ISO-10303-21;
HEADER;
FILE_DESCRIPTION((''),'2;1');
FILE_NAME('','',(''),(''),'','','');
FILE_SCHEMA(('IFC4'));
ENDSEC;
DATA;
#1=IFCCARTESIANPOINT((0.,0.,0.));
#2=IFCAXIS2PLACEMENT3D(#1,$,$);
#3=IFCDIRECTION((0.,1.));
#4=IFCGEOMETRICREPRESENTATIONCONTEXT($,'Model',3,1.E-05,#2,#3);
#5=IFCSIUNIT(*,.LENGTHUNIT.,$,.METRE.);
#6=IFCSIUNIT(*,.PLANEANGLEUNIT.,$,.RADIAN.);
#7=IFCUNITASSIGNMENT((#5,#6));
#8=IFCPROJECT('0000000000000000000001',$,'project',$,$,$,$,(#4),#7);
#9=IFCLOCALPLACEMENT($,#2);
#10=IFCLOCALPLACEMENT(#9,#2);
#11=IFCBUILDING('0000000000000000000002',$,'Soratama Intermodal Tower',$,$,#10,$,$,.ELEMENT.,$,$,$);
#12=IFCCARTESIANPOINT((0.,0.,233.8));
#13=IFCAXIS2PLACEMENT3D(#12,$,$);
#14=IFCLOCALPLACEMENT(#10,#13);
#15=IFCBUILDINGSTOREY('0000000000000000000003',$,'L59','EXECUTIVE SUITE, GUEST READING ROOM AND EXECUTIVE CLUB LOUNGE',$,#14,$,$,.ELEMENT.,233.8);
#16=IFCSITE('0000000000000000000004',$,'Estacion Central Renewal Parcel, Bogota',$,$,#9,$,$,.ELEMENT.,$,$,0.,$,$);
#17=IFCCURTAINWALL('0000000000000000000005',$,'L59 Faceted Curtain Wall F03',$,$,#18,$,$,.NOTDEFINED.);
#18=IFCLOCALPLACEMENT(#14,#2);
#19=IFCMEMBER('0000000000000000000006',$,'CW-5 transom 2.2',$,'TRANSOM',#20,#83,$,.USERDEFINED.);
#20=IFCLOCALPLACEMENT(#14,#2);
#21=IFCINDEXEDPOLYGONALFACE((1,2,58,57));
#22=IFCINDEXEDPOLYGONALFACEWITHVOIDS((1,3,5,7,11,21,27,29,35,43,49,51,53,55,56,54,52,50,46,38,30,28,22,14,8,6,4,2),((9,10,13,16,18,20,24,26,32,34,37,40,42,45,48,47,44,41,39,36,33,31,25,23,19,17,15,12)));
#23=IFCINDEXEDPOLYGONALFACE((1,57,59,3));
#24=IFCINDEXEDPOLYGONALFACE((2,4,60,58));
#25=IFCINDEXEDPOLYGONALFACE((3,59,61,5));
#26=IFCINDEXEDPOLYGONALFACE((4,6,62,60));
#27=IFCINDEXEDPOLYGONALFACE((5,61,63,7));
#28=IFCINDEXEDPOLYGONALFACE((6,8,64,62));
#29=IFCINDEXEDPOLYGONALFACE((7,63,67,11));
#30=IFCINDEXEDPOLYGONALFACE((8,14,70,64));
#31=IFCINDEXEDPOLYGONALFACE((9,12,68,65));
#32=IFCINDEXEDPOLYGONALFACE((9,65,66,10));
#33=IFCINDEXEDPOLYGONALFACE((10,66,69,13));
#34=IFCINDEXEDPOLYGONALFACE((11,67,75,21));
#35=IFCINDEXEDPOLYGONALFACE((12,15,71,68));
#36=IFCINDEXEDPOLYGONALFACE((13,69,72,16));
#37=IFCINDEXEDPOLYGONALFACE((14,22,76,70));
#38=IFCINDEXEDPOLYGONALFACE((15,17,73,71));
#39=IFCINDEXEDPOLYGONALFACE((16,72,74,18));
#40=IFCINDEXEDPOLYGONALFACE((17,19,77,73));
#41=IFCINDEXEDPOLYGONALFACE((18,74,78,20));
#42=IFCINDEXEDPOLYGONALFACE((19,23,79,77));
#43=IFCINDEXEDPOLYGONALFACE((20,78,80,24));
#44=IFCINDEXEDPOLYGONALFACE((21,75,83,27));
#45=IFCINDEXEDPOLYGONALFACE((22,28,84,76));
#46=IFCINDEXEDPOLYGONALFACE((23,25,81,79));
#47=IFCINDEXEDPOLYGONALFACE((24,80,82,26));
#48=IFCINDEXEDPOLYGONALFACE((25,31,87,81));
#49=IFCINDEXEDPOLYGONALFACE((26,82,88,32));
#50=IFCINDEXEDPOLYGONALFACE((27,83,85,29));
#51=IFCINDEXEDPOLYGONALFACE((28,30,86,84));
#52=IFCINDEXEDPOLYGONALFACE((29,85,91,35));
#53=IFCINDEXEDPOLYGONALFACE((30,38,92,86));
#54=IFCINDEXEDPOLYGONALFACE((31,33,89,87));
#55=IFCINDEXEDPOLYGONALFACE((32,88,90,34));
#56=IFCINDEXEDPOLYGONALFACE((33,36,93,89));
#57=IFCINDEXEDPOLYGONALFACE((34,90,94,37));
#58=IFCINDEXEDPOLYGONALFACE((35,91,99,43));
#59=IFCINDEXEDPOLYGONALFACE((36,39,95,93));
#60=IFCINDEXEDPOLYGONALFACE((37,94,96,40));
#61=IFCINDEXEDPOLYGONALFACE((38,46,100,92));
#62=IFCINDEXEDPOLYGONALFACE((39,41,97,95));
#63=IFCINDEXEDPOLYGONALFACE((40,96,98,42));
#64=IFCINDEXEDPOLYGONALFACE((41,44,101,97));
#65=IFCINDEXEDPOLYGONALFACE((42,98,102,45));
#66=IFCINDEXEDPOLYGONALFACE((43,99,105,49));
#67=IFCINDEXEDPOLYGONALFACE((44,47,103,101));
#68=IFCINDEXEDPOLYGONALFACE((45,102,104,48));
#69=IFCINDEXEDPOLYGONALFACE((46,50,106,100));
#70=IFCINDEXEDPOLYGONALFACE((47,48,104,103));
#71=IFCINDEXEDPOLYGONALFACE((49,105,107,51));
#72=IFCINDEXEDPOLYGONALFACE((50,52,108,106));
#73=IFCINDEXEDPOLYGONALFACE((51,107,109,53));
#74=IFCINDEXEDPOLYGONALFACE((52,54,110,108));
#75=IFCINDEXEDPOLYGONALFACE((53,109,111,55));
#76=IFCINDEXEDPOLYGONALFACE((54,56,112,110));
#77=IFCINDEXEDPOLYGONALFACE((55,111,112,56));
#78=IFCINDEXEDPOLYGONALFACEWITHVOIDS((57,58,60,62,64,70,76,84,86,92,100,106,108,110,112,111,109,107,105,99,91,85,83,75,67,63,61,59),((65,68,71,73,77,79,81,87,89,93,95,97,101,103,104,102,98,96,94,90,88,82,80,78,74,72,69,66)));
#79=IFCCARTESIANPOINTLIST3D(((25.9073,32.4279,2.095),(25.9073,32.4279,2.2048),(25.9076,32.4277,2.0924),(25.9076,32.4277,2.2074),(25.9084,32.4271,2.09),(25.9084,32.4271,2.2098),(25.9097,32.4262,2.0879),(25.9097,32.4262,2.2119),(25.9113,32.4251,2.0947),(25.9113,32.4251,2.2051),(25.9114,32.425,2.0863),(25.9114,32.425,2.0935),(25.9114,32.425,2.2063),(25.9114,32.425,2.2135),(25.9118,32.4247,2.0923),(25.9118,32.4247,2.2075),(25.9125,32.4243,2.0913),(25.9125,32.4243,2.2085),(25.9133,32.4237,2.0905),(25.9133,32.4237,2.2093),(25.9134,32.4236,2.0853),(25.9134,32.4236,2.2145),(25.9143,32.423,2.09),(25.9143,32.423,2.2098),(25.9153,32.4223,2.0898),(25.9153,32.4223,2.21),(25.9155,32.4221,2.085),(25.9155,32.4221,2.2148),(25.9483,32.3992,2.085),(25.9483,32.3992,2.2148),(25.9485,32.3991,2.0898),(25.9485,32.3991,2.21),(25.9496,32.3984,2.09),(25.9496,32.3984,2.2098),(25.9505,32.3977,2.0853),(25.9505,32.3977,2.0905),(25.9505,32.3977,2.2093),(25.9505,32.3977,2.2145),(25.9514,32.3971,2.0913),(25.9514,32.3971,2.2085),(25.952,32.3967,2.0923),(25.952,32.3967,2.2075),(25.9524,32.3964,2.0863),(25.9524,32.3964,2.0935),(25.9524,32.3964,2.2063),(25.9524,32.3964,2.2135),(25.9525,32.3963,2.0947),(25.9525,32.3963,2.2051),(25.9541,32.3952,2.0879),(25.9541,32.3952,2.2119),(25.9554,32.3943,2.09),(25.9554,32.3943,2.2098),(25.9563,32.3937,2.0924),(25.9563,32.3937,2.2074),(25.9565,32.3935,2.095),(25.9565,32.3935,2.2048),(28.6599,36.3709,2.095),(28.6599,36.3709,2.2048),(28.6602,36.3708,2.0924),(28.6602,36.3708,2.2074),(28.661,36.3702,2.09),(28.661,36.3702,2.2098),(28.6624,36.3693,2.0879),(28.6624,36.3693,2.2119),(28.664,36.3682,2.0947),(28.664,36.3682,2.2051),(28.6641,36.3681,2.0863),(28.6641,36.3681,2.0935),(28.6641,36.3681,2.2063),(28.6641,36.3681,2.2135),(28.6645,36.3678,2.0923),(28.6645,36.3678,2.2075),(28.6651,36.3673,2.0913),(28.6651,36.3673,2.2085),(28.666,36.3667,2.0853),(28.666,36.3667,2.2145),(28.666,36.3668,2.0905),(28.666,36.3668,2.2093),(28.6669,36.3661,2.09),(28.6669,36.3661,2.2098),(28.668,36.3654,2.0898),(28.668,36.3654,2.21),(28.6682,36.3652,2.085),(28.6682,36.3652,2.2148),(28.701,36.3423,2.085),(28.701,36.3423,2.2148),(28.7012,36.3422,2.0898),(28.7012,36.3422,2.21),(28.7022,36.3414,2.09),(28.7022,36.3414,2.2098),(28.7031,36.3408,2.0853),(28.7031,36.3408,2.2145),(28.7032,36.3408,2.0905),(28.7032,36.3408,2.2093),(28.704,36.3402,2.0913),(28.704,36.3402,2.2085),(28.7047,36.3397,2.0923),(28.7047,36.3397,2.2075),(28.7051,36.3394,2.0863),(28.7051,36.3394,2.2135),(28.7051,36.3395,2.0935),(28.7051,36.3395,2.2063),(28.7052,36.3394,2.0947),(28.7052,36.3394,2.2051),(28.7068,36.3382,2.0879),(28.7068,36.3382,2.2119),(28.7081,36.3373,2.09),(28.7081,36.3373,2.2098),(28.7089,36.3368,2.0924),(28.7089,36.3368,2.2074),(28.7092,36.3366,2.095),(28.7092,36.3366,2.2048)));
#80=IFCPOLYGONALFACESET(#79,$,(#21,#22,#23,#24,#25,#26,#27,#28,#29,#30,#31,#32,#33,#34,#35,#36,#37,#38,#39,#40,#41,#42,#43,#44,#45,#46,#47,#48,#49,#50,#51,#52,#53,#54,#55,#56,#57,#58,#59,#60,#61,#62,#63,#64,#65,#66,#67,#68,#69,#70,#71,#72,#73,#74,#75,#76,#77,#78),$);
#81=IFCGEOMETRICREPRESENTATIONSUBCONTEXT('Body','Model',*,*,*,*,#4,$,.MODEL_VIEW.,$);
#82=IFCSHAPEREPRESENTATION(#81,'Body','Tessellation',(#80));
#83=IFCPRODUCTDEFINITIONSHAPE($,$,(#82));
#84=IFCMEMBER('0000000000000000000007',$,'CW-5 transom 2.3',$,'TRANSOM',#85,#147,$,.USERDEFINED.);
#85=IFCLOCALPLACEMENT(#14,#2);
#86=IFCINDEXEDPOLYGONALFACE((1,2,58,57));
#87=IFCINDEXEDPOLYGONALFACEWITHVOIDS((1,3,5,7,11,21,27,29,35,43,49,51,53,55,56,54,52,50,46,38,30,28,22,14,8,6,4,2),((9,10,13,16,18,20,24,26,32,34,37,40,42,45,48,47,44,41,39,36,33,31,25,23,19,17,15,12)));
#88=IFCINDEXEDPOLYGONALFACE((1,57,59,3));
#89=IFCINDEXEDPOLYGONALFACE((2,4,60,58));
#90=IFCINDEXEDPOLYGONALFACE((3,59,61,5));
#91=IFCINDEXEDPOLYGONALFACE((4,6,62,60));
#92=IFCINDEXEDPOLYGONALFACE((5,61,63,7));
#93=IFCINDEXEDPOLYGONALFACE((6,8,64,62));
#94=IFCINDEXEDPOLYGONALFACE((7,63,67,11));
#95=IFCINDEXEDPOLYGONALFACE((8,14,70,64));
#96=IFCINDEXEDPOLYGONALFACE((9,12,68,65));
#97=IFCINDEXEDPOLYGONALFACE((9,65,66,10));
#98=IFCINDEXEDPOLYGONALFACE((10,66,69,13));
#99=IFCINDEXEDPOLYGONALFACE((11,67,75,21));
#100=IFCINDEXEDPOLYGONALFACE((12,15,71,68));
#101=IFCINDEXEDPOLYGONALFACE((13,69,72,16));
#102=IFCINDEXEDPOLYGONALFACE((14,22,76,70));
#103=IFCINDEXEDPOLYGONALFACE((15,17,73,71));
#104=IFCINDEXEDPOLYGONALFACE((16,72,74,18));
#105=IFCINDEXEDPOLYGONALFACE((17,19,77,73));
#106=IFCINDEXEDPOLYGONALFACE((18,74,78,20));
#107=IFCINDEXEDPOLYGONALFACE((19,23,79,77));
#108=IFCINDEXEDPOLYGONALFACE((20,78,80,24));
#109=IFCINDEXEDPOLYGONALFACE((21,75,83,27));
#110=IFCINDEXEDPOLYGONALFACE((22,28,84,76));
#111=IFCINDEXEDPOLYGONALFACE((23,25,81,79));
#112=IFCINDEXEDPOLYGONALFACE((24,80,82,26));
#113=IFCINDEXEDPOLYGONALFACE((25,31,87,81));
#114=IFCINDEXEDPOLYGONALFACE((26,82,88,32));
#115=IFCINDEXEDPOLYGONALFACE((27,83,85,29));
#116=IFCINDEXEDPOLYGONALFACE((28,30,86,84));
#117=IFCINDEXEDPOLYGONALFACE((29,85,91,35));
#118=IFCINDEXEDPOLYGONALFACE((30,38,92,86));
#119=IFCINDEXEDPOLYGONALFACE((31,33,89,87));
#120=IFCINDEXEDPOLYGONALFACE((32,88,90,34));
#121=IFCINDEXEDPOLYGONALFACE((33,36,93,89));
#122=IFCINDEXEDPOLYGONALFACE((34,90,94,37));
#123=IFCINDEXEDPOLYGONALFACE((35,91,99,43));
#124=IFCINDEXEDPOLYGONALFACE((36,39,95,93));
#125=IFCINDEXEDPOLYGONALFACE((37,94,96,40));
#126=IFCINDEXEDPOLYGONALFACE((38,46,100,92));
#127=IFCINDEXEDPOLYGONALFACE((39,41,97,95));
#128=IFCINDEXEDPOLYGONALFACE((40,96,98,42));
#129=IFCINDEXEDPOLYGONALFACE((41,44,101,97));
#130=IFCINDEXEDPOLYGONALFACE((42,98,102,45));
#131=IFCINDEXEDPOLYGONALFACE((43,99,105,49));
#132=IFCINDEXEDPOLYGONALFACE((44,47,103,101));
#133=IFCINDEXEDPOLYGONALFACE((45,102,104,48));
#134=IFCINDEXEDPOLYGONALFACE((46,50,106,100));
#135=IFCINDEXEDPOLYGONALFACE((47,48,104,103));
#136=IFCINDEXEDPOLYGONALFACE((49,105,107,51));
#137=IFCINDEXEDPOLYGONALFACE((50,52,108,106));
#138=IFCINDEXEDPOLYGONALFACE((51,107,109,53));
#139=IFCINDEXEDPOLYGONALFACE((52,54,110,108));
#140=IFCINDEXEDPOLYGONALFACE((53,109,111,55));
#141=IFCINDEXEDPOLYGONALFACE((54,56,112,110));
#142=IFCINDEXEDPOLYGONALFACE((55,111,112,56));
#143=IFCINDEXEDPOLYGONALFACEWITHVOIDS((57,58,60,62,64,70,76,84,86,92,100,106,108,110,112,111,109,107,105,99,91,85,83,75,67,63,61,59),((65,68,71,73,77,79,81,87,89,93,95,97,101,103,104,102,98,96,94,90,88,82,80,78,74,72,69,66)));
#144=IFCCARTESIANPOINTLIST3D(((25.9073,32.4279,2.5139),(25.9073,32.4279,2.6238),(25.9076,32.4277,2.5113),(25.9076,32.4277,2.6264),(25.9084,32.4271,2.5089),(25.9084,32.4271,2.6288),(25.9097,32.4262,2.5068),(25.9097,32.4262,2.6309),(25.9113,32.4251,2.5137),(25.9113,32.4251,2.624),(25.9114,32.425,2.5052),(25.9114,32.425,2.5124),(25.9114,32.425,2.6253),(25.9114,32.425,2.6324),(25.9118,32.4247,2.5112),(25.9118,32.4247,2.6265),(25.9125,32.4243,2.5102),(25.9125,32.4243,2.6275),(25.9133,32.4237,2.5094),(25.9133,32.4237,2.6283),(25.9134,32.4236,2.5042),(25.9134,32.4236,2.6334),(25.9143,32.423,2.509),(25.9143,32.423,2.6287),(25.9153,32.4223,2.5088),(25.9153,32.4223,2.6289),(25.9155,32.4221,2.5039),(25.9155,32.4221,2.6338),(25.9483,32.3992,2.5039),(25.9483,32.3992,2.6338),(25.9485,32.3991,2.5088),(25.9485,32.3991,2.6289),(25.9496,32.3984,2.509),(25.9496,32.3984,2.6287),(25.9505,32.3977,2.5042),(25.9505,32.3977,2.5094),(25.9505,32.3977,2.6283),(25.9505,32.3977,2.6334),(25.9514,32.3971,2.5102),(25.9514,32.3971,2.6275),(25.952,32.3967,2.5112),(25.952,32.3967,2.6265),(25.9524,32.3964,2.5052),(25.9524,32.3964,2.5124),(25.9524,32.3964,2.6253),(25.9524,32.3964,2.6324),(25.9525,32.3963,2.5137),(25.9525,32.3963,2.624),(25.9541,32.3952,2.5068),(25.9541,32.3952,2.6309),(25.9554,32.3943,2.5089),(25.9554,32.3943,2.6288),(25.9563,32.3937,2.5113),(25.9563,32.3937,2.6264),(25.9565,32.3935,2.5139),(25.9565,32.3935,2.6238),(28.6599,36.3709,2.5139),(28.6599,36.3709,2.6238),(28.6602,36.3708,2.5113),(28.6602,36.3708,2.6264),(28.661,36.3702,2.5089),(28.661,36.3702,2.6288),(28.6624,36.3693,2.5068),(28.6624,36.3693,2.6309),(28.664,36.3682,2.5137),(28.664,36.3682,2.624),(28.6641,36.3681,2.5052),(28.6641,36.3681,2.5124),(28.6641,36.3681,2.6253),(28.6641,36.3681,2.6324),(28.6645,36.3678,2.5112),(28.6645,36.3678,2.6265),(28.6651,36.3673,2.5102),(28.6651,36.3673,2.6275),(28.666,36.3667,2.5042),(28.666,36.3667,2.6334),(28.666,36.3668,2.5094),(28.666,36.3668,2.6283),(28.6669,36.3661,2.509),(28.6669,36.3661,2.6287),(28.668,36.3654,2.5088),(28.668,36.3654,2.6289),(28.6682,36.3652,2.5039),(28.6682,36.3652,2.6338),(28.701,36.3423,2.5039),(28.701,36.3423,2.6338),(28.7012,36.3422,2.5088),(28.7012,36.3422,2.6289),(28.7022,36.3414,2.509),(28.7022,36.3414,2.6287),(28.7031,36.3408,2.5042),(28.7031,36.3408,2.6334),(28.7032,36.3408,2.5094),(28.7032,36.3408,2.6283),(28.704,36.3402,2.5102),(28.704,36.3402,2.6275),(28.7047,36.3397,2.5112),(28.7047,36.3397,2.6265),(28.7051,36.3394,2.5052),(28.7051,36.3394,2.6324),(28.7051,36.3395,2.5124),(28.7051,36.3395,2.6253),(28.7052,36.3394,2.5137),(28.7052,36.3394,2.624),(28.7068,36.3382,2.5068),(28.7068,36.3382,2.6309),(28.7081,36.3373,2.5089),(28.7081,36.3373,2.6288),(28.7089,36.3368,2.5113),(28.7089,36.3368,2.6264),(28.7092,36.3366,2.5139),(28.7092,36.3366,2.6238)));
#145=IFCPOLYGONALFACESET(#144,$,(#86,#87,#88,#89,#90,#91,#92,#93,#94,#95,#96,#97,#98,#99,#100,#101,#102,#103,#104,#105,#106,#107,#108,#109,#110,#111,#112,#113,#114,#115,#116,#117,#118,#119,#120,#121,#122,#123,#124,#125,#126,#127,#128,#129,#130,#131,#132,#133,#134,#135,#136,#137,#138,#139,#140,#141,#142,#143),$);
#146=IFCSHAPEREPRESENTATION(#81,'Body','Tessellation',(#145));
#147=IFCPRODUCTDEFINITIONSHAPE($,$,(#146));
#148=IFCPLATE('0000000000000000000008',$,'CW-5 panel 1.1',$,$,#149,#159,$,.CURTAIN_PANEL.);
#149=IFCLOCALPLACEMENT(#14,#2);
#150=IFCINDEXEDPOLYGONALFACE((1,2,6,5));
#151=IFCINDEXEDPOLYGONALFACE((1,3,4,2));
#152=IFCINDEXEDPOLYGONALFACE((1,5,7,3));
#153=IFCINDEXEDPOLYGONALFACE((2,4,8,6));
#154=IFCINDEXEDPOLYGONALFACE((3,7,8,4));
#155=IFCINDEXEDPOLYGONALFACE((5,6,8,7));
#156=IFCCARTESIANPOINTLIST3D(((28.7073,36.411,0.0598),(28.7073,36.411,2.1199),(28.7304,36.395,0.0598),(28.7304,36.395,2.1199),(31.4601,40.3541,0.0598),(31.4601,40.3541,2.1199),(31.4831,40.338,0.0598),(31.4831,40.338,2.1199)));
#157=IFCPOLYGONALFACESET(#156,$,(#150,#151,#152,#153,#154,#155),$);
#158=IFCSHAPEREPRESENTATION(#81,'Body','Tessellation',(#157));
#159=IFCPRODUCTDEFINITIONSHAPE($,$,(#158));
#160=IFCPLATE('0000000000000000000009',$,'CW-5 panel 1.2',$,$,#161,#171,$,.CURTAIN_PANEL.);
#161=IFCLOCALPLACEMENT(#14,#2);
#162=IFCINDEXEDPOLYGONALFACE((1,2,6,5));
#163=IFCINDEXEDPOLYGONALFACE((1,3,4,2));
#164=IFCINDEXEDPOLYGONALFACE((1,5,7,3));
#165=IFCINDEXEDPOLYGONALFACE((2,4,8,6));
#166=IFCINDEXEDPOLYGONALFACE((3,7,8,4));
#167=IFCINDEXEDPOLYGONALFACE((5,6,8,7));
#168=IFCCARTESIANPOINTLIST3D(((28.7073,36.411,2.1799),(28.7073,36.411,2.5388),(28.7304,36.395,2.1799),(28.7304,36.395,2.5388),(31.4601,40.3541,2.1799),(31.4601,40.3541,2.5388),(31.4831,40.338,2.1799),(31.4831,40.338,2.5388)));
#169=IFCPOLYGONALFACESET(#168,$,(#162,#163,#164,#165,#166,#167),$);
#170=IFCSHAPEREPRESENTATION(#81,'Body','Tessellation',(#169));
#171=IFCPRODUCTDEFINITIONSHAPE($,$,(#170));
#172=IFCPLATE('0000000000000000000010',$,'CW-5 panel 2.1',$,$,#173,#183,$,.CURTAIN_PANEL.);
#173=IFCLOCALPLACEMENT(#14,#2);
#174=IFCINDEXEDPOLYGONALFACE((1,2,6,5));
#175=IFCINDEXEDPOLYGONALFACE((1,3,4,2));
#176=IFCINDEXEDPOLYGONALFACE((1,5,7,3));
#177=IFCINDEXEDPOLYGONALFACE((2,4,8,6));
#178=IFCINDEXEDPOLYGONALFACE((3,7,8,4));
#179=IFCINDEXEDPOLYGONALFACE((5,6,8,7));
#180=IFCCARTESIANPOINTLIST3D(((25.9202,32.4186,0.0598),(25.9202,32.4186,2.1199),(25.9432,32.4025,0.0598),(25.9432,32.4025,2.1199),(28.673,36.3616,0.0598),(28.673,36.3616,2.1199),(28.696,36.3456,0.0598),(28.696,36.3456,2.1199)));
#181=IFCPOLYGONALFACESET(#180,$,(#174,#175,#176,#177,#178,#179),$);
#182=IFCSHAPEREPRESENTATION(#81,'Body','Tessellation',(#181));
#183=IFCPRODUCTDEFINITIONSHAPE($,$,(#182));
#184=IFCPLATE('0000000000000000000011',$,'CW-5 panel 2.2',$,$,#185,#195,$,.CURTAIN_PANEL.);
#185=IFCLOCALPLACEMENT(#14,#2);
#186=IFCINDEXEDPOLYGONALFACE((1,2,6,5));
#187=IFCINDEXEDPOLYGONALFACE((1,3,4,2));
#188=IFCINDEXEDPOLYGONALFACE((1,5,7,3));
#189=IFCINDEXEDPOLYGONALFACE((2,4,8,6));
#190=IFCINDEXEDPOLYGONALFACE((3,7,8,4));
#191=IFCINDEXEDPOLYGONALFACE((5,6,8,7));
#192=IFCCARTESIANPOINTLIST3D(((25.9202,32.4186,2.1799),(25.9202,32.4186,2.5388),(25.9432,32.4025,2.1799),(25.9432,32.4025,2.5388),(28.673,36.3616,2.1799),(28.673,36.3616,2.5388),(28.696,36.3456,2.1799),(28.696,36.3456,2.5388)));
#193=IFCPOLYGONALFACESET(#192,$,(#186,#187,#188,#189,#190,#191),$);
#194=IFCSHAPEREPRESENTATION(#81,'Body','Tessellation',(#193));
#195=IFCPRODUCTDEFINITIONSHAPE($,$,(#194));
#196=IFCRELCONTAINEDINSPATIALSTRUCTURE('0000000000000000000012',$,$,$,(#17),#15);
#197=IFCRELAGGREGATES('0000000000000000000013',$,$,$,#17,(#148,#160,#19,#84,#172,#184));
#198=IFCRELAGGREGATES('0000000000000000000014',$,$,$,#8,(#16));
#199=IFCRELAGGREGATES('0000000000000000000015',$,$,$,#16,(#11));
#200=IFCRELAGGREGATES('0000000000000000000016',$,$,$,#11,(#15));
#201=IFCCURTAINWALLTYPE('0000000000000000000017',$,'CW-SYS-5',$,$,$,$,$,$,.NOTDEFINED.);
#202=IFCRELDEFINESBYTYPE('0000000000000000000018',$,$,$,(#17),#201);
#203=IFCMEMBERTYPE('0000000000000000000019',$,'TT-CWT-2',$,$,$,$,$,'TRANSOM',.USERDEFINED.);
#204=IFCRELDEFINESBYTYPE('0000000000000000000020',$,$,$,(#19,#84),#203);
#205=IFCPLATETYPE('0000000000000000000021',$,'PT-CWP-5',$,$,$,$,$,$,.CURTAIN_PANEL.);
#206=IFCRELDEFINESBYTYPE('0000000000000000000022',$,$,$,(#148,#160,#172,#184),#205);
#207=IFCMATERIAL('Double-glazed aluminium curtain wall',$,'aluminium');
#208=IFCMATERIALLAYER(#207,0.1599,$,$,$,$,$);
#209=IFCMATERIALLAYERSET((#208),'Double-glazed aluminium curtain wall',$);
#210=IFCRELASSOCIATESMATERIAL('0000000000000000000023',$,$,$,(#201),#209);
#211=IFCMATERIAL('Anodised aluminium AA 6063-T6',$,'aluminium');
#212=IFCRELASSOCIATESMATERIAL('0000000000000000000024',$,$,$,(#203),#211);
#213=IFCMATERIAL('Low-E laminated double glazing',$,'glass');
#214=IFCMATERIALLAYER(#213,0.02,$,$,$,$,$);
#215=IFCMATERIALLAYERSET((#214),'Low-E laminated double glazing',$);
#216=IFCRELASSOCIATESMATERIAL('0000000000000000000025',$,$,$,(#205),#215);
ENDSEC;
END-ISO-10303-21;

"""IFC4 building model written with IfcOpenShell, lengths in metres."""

from ifc_helpers import new_model, si_unit, direction, frame, origin, origin_2d, place, context, subcontext, project, spatial, rectangle, hollow_rectangle, extrude, material, layer, layer_set, material_profile, profile_set, type_object, element, aggregate, save


model = new_model("IFC4")

# Units and contexts
model_context = context("Model", 3, precision=1e-05, world=origin(), true_north=direction((0.0, 1.0)))
body_context = subcontext(model_context, "Body", "Model", "MODEL_VIEW")
ifc_project = project(units=[si_unit("LENGTHUNIT", "METRE"), si_unit("PLANEANGLEUNIT", "RADIAN")], contexts=[model_context])

# Site, building, storey
site_placement = place(None, origin())
site = spatial("IfcSite", under=ifc_project, at=site_placement, Name="Estacion Central Renewal Parcel, Bogota", CompositionType="ELEMENT", RefElevation=0.0)
building_placement = place(site_placement, origin())
building = spatial("IfcBuilding", under=site, at=building_placement, Name="Soratama Intermodal Tower", CompositionType="ELEMENT")
storey_placement = place(building_placement, frame((0.0, 0.0, 233.8)))
storey = spatial("IfcBuildingStorey", under=building, at=storey_placement, Name="L59", Description="EXECUTIVE SUITE, GUEST READING ROOM AND EXECUTIVE CLUB LOUNGE", CompositionType="ELEMENT", Elevation=233.8)

# Curtain wall, members, plates
ifc_material_1 = material(Name="Double-glazed aluminium curtain wall", Category="aluminium")
ifc_layer_1 = layer(ifc_material_1, 0.1599)
ifc_layer_set_1 = layer_set([ifc_layer_1], Name="Double-glazed aluminium curtain wall")
curtain_wall_type = type_object("IfcCurtainWallType", Name="CW-SYS-5", PredefinedType="NOTDEFINED", material=ifc_layer_set_1)
curtain_wall_placement = place(storey_placement, origin())
curtain_wall = element("IfcCurtainWall", 1, at=curtain_wall_placement, inside=storey, type_object=curtain_wall_type, Name="L59 Faceted Curtain Wall F03", PredefinedType="NOTDEFINED")
ifc_material_2 = material(Name="Anodised aluminium AA 6063-T6", Category="aluminium")
ifc_material_profile_1 = material_profile(ifc_material_2, hollow_rectangle(XDim=0.0601, YDim=0.1299, WallThickness=0.0049, InnerFilletRadius=0.0049, OuterFilletRadius=0.01, at=origin_2d()), Name="CWT130X60X5")
ifc_profile_set_1 = profile_set([ifc_material_profile_1], Name="Anodised aluminium AA 6063-T6")
member_type_1 = type_object("IfcMemberType", Name="TT-CWT-2", ElementType="TRANSOM", PredefinedType="USERDEFINED", material=ifc_profile_set_1)
member_1_placement = place(storey_placement, frame((28.6846, 36.3538, 2.1499), z_axis=(-0.572416, -0.819963, 0.0), x_axis=(0.819963, -0.572416, 0.0)))
member_1 = element("IfcMember", 2, at=member_1_placement, type_object=member_type_1, Name="CW-5 transom 2.2", ObjectType="TRANSOM", PredefinedType="USERDEFINED", context=body_context, shape_type="SweptSolid", body=[
    extrude(hollow_rectangle(XDim=0.0601, YDim=0.1299, WallThickness=0.0049, InnerFilletRadius=0.0049, OuterFilletRadius=0.01, at=origin_2d()), origin(), (0.0, 0.0, 1.0), 4.8088),
])
member_2_placement = place(storey_placement, frame((28.6846, 36.3538, 2.5688), z_axis=(-0.572416, -0.819963, 0.0), x_axis=(0.819963, -0.572416, 0.0)))
member_2 = element("IfcMember", 3, at=member_2_placement, type_object=member_type_1, Name="CW-5 transom 2.3", ObjectType="TRANSOM", PredefinedType="USERDEFINED", context=body_context, shape_type="SweptSolid", body=[
    extrude(hollow_rectangle(XDim=0.0601, YDim=0.1299, WallThickness=0.0049, InnerFilletRadius=0.0049, OuterFilletRadius=0.01, at=origin_2d()), origin(), (0.0, 0.0, 1.0), 4.8088),
])
ifc_material_3 = material(Name="Low-E laminated double glazing", Category="glass")
ifc_layer_2 = layer(ifc_material_3, 0.02)
ifc_layer_set_2 = layer_set([ifc_layer_2], Name="Low-E laminated double glazing")
plate_type = type_object("IfcPlateType", Name="PT-CWP-5", PredefinedType="CURTAIN_PANEL", material=ifc_layer_set_2)
plate_1_placement = place(storey_placement, frame((30.0952, 38.3745, 0.0598), z_axis=(0.0, 0.0, 1.0), x_axis=(-0.572433, -0.819951, 0.0)))
plate_1 = element("IfcPlate", 4, at=plate_1_placement, type_object=plate_type, Name="CW-5 panel 1.1", PredefinedType="CURTAIN_PANEL", context=body_context, shape_type="SweptSolid", body=[
    extrude(rectangle(XDim=4.8088, YDim=0.0281, at=origin_2d()), origin(), (0.0, 0.0, 1.0), 2.0601),
])
plate_2_placement = place(storey_placement, frame((30.0952, 38.3745, 2.1799), z_axis=(0.0, 0.0, 1.0), x_axis=(-0.572433, -0.819951, 0.0)))
plate_2 = element("IfcPlate", 5, at=plate_2_placement, type_object=plate_type, Name="CW-5 panel 1.2", PredefinedType="CURTAIN_PANEL", context=body_context, shape_type="SweptSolid", body=[
    extrude(rectangle(XDim=4.8088, YDim=0.0281, at=origin_2d()), origin(), (0.0, 0.0, 1.0), 0.3589),
])
plate_3_placement = place(storey_placement, frame((27.3081, 34.3821, 0.0598), z_axis=(0.0, 0.0, 1.0), x_axis=(-0.572433, -0.819951, 0.0)))
plate_3 = element("IfcPlate", 6, at=plate_3_placement, type_object=plate_type, Name="CW-5 panel 2.1", PredefinedType="CURTAIN_PANEL", context=body_context, shape_type="SweptSolid", body=[
    extrude(rectangle(XDim=4.8088, YDim=0.0281, at=origin_2d()), origin(), (0.0, 0.0, 1.0), 2.0601),
])
plate_4_placement = place(storey_placement, frame((27.3081, 34.3821, 2.1799), z_axis=(0.0, 0.0, 1.0), x_axis=(-0.572433, -0.819951, 0.0)))
plate_4 = element("IfcPlate", 7, at=plate_4_placement, type_object=plate_type, Name="CW-5 panel 2.2", PredefinedType="CURTAIN_PANEL", context=body_context, shape_type="SweptSolid", body=[
    extrude(rectangle(XDim=4.8088, YDim=0.0281, at=origin_2d()), origin(), (0.0, 0.0, 1.0), 0.3589),
])
aggregate(curtain_wall, [plate_1, plate_2, member_1, member_2, plate_3, plate_4])

save(model, "model.ifc")
